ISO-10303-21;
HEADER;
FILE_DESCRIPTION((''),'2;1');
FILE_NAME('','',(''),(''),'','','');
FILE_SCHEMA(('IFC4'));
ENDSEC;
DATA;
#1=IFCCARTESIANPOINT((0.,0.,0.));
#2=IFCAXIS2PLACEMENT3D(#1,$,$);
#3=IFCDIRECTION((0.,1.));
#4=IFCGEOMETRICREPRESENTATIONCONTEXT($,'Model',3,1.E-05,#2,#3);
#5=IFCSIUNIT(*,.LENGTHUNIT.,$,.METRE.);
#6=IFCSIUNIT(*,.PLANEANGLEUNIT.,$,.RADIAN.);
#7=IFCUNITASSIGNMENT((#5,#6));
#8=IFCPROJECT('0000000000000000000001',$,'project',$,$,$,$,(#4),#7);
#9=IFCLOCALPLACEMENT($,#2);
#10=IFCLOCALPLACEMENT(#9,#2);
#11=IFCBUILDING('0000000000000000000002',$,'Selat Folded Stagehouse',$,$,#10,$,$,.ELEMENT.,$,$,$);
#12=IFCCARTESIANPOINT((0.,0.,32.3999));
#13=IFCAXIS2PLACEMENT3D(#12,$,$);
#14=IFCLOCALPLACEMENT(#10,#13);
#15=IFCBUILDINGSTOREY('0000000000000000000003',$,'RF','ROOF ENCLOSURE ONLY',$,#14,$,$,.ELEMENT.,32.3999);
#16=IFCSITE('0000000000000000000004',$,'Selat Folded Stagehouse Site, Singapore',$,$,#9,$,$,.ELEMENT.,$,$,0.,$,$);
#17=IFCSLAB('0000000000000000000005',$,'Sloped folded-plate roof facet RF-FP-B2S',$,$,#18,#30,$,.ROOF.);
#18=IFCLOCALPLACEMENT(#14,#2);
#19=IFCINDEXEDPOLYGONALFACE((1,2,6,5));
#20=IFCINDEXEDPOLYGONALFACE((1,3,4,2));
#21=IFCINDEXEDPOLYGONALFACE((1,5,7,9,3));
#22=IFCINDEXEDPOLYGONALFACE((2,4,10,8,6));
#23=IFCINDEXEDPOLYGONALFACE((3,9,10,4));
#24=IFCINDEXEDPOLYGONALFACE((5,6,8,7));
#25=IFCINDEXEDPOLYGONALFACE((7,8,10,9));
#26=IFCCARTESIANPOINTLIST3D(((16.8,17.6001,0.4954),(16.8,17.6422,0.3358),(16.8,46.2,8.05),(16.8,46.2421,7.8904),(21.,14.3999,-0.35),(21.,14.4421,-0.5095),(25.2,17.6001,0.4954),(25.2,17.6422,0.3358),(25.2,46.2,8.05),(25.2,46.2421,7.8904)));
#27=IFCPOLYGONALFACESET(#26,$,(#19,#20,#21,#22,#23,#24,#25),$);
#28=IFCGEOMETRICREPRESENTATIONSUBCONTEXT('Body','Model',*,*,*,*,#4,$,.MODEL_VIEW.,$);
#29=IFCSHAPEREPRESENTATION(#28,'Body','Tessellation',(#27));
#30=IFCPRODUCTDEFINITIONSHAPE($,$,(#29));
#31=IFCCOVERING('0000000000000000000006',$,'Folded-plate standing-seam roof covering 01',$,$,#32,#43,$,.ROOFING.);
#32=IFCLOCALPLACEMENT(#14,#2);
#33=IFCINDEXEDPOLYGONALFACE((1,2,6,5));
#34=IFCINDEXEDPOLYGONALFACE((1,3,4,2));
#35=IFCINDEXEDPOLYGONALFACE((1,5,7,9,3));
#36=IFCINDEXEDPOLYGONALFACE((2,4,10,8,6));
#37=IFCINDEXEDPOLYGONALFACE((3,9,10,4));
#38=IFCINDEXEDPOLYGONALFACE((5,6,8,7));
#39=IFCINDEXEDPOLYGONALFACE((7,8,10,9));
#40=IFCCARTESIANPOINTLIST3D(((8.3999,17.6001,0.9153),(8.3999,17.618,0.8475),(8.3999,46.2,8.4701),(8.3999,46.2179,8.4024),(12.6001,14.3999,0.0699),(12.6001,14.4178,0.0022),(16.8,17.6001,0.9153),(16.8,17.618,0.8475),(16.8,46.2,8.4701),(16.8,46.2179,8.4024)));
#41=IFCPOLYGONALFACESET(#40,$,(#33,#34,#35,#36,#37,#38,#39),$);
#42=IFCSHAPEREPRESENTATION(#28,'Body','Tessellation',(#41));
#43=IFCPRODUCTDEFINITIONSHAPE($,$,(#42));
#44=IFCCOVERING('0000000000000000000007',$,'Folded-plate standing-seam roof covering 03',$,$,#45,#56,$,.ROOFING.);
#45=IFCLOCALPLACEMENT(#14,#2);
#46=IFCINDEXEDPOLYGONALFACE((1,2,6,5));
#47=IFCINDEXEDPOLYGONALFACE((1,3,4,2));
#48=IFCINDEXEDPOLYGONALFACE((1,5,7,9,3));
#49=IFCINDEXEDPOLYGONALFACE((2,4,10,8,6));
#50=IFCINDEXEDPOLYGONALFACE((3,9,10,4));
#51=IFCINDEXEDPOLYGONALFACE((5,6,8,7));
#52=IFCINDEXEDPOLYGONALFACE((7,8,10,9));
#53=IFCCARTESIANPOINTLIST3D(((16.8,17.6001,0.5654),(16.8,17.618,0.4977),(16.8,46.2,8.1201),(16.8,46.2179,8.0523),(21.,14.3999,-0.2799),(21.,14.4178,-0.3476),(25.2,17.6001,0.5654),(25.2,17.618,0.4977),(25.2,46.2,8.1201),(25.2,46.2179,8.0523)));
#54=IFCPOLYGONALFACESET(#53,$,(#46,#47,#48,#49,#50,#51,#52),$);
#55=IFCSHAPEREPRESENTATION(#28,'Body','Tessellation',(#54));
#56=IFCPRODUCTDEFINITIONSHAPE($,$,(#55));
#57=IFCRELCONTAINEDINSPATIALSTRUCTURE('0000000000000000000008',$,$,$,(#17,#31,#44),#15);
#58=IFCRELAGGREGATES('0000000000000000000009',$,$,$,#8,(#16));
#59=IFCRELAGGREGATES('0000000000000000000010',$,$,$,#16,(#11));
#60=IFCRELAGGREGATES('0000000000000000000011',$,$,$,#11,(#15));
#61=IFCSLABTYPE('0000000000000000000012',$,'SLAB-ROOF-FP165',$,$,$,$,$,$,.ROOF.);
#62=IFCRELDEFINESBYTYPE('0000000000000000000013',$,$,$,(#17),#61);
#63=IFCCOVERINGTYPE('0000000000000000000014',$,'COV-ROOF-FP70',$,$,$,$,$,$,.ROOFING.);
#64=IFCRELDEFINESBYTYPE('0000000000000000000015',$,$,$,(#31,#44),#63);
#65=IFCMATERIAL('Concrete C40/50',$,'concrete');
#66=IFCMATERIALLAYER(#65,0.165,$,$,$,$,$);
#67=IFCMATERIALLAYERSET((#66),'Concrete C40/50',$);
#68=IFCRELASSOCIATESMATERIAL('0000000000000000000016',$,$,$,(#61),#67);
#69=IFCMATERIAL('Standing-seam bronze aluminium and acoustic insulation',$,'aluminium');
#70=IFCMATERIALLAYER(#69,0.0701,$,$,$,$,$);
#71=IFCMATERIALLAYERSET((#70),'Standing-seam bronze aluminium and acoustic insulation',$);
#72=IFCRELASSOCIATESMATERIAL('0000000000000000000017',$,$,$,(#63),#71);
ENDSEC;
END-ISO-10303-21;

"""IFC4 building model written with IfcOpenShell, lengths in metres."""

from ifc_helpers import new_model, si_unit, direction, frame, origin, place, context, subcontext, project, spatial, polyline, outline, extrude, material, layer, layer_set, type_object, element, save


model = new_model("IFC4")

# Units and contexts
model_context = context("Model", 3, precision=1e-05, world=origin(), true_north=direction((0.0, 1.0)))
body_context = subcontext(model_context, "Body", "Model", "MODEL_VIEW")
ifc_project = project(units=[si_unit("LENGTHUNIT", "METRE"), si_unit("PLANEANGLEUNIT", "RADIAN")], contexts=[model_context])

# Site, building, storey
site_placement = place(None, origin())
site = spatial("IfcSite", under=ifc_project, at=site_placement, Name="Selat Folded Stagehouse Site, Singapore", CompositionType="ELEMENT", RefElevation=0.0)
building_placement = place(site_placement, origin())
building = spatial("IfcBuilding", under=site, at=building_placement, Name="Selat Folded Stagehouse", CompositionType="ELEMENT")
storey_placement = place(building_placement, frame((0.0, 0.0, 32.3999)))
storey = spatial("IfcBuildingStorey", under=building, at=storey_placement, Name="RF", Description="ROOF ENCLOSURE ONLY", CompositionType="ELEMENT", Elevation=32.3999)

# Slab
ifc_material_1 = material(Name="Concrete C40/50", Category="concrete")
ifc_layer_1 = layer(ifc_material_1, 0.165)
ifc_layer_set_1 = layer_set([ifc_layer_1], Name="Concrete C40/50")
slab_type_1 = type_object("IfcSlabType", Name="SLAB-ROOF-FP165", PredefinedType="ROOF", material=ifc_layer_set_1)
slab_1_placement = place(storey_placement, frame((16.8, 17.6001, 0.4954), z_axis=(0.0, -0.25539, 0.966838), x_axis=(0.785412, -0.598447, -0.158079)))
element("IfcSlab", 1, at=slab_1_placement, inside=storey, type_object=slab_type_1, Name="Sloped folded-plate roof facet RF-FP-B2S", PredefinedType="ROOF", context=body_context, shape_type="SweptSolid", body=[
    extrude(outline(polyline([(0.0, 0.0), (5.3475, 0.0), (6.5974, 5.1993), (-11.7124, 28.4324), (-18.3097, 23.2331), (0.0, 0.0)])), origin(), (0.0, 0.0, -1.0), 0.165),
])

# Coverings
ifc_material_2 = material(Name="Standing-seam bronze aluminium and acoustic insulation", Category="aluminium")
ifc_layer_2 = layer(ifc_material_2, 0.0701)
ifc_layer_set_2 = layer_set([ifc_layer_2], Name="Standing-seam bronze aluminium and acoustic insulation")
covering_type = type_object("IfcCoveringType", Name="COV-ROOF-FP70", PredefinedType="ROOFING", material=ifc_layer_set_2)
covering_1_placement = place(storey_placement, frame((8.3999, 17.6001, 0.9153), z_axis=(0.0, -0.255397, 0.966836), x_axis=(0.785429, -0.598425, -0.158078)))
element("IfcCovering", 2, at=covering_1_placement, inside=storey, type_object=covering_type, Name="Folded-plate standing-seam roof covering 01", PredefinedType="ROOFING", context=body_context, shape_type="SweptSolid", body=[
    extrude(outline(polyline([(0.0, 0.0), (5.3476, 0.0), (6.5977, 5.1993), (-11.7114, 28.433), (-18.3091, 23.2337), (0.0, 0.0)])), origin(), (0.0, 0.0, -1.0), 0.0701),
])
covering_2_placement = place(storey_placement, frame((16.8, 17.6001, 0.5654), z_axis=(0.0, -0.25539, 0.966838), x_axis=(0.785412, -0.598447, -0.158079)))
element("IfcCovering", 3, at=covering_2_placement, inside=storey, type_object=covering_type, Name="Folded-plate standing-seam roof covering 03", PredefinedType="ROOFING", context=body_context, shape_type="SweptSolid", body=[
    extrude(outline(polyline([(0.0, 0.0), (5.3475, 0.0), (6.5974, 5.1993), (-11.7124, 28.4324), (-18.3097, 23.2331), (0.0, 0.0)])), origin(), (0.0, 0.0, -1.0), 0.0701),
])

save(model, "model.ifc")
